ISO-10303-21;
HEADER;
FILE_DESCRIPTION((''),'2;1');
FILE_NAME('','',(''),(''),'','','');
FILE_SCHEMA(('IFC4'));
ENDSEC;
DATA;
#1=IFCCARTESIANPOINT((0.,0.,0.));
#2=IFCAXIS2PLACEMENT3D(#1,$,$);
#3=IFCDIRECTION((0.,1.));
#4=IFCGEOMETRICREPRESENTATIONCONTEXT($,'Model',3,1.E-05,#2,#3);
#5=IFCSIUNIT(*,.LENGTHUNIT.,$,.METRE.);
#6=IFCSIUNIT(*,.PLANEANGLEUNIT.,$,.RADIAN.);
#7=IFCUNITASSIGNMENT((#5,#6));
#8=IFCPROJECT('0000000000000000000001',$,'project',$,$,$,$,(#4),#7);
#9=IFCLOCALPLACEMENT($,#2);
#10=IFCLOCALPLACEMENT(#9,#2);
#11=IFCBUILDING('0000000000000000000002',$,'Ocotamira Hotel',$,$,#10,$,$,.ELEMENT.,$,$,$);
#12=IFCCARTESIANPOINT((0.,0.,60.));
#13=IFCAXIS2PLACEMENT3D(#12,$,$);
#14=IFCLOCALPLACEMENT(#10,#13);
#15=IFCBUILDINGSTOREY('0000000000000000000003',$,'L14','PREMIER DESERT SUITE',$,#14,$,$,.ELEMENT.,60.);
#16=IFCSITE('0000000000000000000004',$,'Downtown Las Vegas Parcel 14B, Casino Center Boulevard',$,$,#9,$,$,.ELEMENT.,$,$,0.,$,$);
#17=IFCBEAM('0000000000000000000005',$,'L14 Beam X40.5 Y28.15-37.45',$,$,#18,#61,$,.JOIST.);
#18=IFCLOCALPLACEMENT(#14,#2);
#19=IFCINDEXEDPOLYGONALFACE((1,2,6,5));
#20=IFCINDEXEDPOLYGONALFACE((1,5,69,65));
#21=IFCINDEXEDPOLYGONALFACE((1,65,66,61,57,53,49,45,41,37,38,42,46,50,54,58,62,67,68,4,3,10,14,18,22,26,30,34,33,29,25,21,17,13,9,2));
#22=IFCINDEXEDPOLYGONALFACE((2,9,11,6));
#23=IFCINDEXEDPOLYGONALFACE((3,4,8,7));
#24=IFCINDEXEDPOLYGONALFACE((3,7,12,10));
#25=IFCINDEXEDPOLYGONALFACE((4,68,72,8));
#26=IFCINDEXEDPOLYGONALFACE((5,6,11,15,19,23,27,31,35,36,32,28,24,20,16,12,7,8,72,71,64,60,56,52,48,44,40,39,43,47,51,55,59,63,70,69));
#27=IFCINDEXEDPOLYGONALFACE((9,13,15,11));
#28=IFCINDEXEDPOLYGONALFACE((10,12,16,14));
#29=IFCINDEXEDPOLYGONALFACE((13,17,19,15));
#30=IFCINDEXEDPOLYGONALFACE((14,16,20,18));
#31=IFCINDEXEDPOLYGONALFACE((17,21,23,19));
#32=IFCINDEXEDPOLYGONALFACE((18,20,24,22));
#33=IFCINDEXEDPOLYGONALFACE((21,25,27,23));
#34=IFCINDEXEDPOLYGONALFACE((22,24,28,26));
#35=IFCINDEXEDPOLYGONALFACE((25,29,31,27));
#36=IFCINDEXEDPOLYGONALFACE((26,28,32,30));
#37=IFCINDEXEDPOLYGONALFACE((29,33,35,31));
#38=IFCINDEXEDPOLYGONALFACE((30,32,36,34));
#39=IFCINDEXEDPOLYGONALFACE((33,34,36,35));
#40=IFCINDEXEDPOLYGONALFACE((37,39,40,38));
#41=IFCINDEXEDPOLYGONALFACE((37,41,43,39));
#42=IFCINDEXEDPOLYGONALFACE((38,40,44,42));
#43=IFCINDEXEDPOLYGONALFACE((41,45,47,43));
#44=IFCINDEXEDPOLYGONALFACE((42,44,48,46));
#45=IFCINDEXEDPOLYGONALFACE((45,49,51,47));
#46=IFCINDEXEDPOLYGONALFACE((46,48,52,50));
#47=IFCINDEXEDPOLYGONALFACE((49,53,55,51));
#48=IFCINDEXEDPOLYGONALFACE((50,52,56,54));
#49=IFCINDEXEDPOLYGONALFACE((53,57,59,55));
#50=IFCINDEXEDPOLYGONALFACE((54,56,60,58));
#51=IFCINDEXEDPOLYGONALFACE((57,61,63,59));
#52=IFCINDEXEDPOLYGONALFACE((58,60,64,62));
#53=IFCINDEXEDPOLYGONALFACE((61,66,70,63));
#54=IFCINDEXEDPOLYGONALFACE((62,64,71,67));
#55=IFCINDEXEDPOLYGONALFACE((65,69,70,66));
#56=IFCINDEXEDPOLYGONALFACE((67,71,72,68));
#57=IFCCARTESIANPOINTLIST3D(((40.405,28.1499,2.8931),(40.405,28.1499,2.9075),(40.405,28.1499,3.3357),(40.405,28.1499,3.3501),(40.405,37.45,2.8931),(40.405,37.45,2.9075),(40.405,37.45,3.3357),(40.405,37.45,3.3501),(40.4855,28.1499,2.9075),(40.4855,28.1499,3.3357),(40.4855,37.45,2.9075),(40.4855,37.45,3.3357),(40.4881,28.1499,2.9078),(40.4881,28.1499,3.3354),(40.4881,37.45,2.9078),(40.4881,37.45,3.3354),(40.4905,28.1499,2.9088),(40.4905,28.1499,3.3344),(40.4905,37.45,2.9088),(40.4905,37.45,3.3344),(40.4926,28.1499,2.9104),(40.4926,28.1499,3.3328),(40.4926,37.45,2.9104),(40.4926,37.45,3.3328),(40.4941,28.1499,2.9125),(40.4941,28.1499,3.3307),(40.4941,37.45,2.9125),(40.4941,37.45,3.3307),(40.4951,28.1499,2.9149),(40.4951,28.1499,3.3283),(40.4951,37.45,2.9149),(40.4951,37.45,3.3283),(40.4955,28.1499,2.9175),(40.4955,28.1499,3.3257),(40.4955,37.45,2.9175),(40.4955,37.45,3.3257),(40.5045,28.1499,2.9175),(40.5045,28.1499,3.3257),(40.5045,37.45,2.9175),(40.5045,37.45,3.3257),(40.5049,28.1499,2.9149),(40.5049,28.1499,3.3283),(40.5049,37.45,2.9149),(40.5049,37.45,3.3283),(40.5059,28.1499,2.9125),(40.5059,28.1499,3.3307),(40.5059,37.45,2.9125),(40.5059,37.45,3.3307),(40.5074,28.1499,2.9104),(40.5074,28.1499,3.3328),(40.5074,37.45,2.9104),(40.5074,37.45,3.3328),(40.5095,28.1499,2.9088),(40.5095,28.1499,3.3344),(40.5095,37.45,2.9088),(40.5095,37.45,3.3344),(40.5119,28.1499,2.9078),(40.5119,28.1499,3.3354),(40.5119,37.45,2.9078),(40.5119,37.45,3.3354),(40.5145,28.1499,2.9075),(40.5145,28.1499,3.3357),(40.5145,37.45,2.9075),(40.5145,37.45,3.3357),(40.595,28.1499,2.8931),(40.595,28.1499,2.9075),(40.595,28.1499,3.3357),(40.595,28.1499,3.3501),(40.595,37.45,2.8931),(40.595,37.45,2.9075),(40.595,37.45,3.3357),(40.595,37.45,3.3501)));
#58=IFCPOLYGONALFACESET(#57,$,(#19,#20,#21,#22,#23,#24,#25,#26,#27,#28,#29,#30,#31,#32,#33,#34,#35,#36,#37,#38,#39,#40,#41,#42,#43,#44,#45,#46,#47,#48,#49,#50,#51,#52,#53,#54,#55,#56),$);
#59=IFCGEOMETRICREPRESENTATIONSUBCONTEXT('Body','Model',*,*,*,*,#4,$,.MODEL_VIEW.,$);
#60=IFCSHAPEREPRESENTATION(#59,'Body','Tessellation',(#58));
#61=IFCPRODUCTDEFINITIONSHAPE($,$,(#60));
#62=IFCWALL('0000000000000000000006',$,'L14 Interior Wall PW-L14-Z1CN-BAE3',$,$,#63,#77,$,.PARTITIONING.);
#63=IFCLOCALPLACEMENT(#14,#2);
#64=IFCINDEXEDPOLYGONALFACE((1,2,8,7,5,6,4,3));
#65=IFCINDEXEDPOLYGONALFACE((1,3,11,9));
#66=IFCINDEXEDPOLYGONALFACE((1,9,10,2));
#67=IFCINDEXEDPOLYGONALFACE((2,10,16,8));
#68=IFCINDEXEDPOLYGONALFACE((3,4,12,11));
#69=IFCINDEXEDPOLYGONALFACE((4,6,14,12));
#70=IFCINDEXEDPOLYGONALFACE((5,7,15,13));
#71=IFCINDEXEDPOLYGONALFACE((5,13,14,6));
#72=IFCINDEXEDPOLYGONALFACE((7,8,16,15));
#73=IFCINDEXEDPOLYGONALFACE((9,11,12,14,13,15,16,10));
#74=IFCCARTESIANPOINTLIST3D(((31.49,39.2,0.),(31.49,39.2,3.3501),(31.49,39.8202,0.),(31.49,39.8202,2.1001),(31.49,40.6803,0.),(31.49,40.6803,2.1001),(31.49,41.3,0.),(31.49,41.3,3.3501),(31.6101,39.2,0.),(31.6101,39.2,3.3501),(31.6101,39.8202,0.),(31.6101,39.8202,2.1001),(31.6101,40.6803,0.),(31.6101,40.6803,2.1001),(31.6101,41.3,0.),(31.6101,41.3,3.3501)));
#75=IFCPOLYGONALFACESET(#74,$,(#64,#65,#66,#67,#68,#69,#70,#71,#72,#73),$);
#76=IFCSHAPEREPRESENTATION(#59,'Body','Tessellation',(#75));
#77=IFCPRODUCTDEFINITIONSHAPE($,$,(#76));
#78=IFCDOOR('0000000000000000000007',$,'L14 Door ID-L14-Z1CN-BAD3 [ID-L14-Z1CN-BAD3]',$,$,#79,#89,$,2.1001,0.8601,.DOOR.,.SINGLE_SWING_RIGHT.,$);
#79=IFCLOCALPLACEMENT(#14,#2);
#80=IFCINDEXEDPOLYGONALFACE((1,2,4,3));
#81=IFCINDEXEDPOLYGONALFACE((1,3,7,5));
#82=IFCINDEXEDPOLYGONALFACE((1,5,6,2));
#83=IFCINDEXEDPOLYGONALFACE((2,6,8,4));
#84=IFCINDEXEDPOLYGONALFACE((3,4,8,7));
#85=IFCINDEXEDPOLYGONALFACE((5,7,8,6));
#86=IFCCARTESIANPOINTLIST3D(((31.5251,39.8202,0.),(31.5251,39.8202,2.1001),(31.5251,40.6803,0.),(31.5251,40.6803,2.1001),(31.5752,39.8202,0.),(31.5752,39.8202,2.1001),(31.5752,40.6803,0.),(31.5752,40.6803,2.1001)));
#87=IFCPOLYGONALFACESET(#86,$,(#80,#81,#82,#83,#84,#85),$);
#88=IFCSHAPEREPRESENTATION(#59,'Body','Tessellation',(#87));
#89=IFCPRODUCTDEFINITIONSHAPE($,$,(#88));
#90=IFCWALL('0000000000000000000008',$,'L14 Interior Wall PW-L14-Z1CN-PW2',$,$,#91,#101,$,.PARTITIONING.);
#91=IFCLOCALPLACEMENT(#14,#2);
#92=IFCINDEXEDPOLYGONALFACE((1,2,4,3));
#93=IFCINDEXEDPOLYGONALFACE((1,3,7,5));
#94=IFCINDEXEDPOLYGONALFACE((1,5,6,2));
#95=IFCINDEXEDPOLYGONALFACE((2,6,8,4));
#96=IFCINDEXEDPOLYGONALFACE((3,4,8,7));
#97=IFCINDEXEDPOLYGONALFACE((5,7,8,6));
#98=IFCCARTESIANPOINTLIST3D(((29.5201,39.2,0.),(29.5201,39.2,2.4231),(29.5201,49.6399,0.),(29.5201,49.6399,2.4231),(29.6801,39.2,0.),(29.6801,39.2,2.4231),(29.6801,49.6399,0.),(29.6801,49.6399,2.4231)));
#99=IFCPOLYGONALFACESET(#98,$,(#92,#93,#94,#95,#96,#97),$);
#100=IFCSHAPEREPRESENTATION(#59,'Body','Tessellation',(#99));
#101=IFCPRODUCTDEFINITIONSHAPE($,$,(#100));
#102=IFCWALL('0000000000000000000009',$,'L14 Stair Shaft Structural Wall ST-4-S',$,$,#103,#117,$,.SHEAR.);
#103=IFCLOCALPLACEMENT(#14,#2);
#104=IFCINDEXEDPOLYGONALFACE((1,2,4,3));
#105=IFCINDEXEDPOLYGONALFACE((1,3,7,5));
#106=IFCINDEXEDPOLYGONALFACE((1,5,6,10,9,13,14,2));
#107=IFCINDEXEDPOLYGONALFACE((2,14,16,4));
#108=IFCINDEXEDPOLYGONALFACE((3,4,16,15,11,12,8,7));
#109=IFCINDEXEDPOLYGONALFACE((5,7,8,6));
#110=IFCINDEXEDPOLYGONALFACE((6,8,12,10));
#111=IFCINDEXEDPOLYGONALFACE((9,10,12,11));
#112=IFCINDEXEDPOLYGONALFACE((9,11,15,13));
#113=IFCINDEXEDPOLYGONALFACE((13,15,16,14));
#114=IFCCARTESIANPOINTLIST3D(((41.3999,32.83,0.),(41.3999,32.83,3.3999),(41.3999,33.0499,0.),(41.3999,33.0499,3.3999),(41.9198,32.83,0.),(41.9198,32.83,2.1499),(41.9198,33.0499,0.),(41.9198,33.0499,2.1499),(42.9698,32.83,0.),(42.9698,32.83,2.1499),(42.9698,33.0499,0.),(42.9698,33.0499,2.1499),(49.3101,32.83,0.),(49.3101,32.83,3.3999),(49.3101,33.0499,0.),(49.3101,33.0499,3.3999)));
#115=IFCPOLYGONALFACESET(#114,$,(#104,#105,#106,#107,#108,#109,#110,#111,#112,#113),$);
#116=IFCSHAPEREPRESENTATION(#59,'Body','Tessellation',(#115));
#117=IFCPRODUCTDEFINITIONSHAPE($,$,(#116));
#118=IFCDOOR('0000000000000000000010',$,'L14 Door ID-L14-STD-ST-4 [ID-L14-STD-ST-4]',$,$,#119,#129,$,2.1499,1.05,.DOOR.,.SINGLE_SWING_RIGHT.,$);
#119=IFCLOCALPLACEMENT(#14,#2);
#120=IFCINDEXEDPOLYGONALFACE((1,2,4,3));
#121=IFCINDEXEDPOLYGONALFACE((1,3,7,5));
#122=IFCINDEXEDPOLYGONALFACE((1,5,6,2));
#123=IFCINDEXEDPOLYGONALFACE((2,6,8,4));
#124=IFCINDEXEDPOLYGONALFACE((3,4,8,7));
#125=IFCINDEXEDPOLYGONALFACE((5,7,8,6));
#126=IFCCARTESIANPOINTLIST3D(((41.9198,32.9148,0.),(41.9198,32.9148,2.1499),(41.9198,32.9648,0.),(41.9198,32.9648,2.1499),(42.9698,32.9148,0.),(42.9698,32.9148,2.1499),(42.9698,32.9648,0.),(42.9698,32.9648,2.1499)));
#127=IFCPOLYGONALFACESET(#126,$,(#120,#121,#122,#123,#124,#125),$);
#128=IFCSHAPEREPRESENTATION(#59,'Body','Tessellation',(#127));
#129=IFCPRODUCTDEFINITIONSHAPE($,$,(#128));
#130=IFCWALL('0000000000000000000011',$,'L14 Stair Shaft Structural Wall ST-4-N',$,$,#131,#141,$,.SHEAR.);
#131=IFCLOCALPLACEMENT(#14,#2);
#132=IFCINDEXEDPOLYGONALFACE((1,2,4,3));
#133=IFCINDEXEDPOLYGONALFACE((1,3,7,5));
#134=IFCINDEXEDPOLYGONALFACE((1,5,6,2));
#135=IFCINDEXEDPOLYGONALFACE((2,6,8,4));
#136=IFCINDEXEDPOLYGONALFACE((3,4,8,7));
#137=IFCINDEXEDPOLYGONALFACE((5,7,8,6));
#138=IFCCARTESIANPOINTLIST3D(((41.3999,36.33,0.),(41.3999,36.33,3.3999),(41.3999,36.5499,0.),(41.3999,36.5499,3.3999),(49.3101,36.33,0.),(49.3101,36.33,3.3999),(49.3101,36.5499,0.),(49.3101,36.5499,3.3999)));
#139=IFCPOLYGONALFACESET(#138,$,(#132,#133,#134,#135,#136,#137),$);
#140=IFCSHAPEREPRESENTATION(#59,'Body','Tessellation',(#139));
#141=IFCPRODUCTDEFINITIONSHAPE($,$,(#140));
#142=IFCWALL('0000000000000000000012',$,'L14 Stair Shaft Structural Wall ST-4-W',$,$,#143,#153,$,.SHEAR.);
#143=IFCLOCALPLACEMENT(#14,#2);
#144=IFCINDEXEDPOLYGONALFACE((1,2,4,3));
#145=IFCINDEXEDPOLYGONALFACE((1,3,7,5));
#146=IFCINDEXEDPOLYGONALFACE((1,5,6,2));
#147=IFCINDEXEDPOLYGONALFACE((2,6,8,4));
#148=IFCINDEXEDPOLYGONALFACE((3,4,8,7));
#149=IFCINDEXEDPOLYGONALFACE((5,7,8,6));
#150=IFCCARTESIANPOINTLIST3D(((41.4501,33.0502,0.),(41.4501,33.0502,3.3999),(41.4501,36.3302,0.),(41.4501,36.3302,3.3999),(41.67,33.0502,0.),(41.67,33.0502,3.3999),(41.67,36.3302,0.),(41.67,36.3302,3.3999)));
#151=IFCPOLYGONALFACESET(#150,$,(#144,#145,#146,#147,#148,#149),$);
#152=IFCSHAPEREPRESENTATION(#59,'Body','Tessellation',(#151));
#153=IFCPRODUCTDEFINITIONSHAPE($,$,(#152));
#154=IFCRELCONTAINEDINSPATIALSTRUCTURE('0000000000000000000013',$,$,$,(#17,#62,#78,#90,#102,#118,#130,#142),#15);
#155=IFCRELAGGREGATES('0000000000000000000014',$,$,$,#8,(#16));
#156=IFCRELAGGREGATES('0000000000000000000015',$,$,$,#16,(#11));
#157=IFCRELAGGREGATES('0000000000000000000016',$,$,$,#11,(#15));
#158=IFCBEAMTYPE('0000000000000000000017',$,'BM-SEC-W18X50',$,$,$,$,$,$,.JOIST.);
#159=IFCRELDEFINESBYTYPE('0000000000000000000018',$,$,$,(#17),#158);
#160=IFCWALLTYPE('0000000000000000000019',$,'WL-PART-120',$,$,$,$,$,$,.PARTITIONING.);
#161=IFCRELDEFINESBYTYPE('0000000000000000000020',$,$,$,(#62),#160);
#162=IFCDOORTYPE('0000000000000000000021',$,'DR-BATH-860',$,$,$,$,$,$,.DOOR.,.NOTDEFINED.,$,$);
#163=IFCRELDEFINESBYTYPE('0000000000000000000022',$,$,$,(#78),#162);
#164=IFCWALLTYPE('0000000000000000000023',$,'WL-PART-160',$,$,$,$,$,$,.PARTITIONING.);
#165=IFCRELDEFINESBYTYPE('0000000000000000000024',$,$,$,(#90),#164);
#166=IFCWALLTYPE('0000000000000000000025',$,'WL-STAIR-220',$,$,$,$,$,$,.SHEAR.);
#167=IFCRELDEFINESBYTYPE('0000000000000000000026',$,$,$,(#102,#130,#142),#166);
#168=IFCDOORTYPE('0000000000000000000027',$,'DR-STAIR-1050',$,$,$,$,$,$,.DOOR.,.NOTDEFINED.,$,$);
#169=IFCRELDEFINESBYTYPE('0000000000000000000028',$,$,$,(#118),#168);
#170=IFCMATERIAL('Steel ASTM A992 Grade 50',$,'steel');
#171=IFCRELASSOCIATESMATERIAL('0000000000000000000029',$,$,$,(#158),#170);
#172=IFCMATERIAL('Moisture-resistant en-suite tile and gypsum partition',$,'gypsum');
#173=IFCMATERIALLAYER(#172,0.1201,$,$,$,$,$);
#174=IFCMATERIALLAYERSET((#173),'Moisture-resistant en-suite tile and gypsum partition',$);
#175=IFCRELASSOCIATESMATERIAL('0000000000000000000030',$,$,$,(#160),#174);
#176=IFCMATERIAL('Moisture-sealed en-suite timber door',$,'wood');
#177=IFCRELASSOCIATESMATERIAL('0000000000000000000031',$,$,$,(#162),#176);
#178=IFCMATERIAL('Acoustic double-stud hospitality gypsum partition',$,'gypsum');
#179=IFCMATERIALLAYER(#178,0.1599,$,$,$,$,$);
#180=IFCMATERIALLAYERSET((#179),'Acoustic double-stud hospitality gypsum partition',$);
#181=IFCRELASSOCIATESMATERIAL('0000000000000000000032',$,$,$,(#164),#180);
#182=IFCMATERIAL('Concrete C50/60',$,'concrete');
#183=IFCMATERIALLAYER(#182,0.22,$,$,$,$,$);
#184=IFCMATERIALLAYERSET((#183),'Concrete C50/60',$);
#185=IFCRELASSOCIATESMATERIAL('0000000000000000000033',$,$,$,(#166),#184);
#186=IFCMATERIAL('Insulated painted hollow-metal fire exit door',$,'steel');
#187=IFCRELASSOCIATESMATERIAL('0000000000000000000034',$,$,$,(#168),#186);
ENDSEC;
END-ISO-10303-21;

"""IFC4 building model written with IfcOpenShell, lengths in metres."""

from ifc_helpers import new_model, si_unit, direction, frame, frame_2d, origin, origin_2d, place, context, subcontext, project, spatial, rectangle, i_section, extrude, source, transform, mapped, material, layer, layer_set, material_profile, profile_set, type_object, element, fill, save


model = new_model("IFC4")

# Units and contexts
model_context = context("Model", 3, precision=1e-05, world=origin(), true_north=direction((0.0, 1.0)))
body_context = subcontext(model_context, "Body", "Model", "MODEL_VIEW")
ifc_project = project(units=[si_unit("LENGTHUNIT", "METRE"), si_unit("PLANEANGLEUNIT", "RADIAN")], contexts=[model_context])

# Site, building, storey
site_placement = place(None, origin())
site = spatial("IfcSite", under=ifc_project, at=site_placement, Name="Downtown Las Vegas Parcel 14B, Casino Center Boulevard", CompositionType="ELEMENT", RefElevation=0.0)
building_placement = place(site_placement, origin())
building = spatial("IfcBuilding", under=site, at=building_placement, Name="Ocotamira Hotel", CompositionType="ELEMENT")
storey_placement = place(building_placement, frame((0.0, 0.0, 60.0)))
storey = spatial("IfcBuildingStorey", under=building, at=storey_placement, Name="L14", Description="PREMIER DESERT SUITE", CompositionType="ELEMENT", Elevation=60.0)

# Beam
ifc_material_1 = material(Name="Steel ASTM A992 Grade 50", Category="steel")
ifc_material_profile_1 = material_profile(ifc_material_1, i_section(OverallWidth=0.1899, OverallDepth=0.457, WebThickness=0.009, FlangeThickness=0.0144, FilletRadius=0.01, at=origin_2d()), Name="W18X50")
ifc_profile_set_1 = profile_set([ifc_material_profile_1], Name="Steel ASTM A992 Grade 50")
beam_type_1 = type_object("IfcBeamType", Name="BM-SEC-W18X50", PredefinedType="JOIST", material=ifc_profile_set_1)
shared_shape_1 = source(origin(), body_context, "Body", "SweptSolid", [
    extrude(i_section(OverallWidth=0.1899, OverallDepth=0.457, WebThickness=0.009, FlangeThickness=0.0144, FilletRadius=0.01, at=origin_2d()), origin(), (0.0, 0.0, 1.0), 9.3),
])
beam_1_placement = place(storey_placement, frame((40.5, 28.1499, 3.1216), z_axis=(0.0, 1.0, 0.0), x_axis=(-1.0, 0.0, 0.0)))
element("IfcBeam", 1, at=beam_1_placement, inside=storey, type_object=beam_type_1, Name="L14 Beam X40.5 Y28.15-37.45", PredefinedType="JOIST", context=body_context, shape_type="MappedRepresentation", body=[
    mapped(shared_shape_1, transform((0.0, 0.0, 0.0), scale=1.0)),
])

# Wall, opening, door
ifc_material_2 = material(Name="Moisture-resistant en-suite tile and gypsum partition", Category="gypsum")
ifc_layer_1 = layer(ifc_material_2, 0.1201)
ifc_layer_set_1 = layer_set([ifc_layer_1], Name="Moisture-resistant en-suite tile and gypsum partition")
wall_type_1 = type_object("IfcWallType", Name="WL-PART-120", PredefinedType="PARTITIONING", material=ifc_layer_set_1)
wall_1_placement = place(storey_placement, frame((31.55, 39.2, 0.0), z_axis=(0.0, 0.0, 1.0), x_axis=(0.0, 1.0, 0.0)))
wall_1 = element("IfcWall", 2, at=wall_1_placement, inside=storey, type_object=wall_type_1, Name="L14 Interior Wall PW-L14-Z1CN-BAE3", PredefinedType="PARTITIONING", context=body_context, shape_type="SweptSolid", body=[
    extrude(rectangle(XDim=2.1001, YDim=0.1201, at=frame_2d((1.05, 0.0))), origin(), (0.0, 0.0, 1.0), 3.3501),
])
opening_1_placement = place(wall_1_placement, frame((0.6201, 0.0, 0.0)))
opening_1 = element("IfcOpeningElement", 3, at=opening_1_placement, cuts=wall_1, PredefinedType="OPENING", context=body_context, shape_type="SweptSolid", body=[
    extrude(rectangle(XDim=0.8601, YDim=2.1001, at=frame_2d((0.4302, 1.05))), frame((0.0, 0.0701, 0.0), z_axis=(0.0, -1.0, 0.0), x_axis=(1.0, 0.0, 0.0)), (0.0, 0.0, 1.0), 0.1401),
])
ifc_material_3 = material(Name="Moisture-sealed en-suite timber door", Category="wood")
door_type_1 = type_object("IfcDoorType", Name="DR-BATH-860", OperationType="NOTDEFINED", PredefinedType="DOOR", material=ifc_material_3)
shared_shape_2 = source(origin(), body_context, "Body", "SweptSolid", [
    extrude(rectangle(XDim=0.8601, YDim=2.1001, at=frame_2d((0.4302, 1.05))), frame((0.0, 0.0249, 0.0), z_axis=(0.0, -1.0, 0.0), x_axis=(1.0, 0.0, 0.0)), (0.0, 0.0, 1.0), 0.05),
])
door_1_placement = place(opening_1_placement, origin())
door_1 = element("IfcDoor", 4, at=door_1_placement, inside=storey, type_object=door_type_1, Name="L14 Door ID-L14-Z1CN-BAD3 [ID-L14-Z1CN-BAD3]", OperationType="SINGLE_SWING_RIGHT", OverallHeight=2.1001, OverallWidth=0.8601, PredefinedType="DOOR", context=body_context, shape_type="MappedRepresentation", body=[
    mapped(shared_shape_2, transform((0.0, 0.0, 0.0), scale=1.0)),
])
fill(opening_1, door_1)

# Wall
ifc_material_4 = material(Name="Acoustic double-stud hospitality gypsum partition", Category="gypsum")
ifc_layer_2 = layer(ifc_material_4, 0.1599)
ifc_layer_set_2 = layer_set([ifc_layer_2], Name="Acoustic double-stud hospitality gypsum partition")
wall_type_2 = type_object("IfcWallType", Name="WL-PART-160", PredefinedType="PARTITIONING", material=ifc_layer_set_2)
wall_2_placement = place(storey_placement, frame((29.6001, 39.2, 0.0), z_axis=(0.0, 0.0, 1.0), x_axis=(0.0, 1.0, 0.0)))
element("IfcWall", 5, at=wall_2_placement, inside=storey, type_object=wall_type_2, Name="L14 Interior Wall PW-L14-Z1CN-PW2", PredefinedType="PARTITIONING", context=body_context, shape_type="SweptSolid", body=[
    extrude(rectangle(XDim=10.4399, YDim=0.1599, at=frame_2d((5.22, 0.0))), origin(), (0.0, 0.0, 1.0), 2.4231),
])

# Wall, opening, door
ifc_material_5 = material(Name="Concrete C50/60", Category="concrete")
ifc_layer_3 = layer(ifc_material_5, 0.22)
ifc_layer_set_3 = layer_set([ifc_layer_3], Name="Concrete C50/60")
wall_type_3 = type_object("IfcWallType", Name="WL-STAIR-220", PredefinedType="SHEAR", material=ifc_layer_set_3)
wall_3_placement = place(storey_placement, frame((41.3999, 32.9399, 0.0), z_axis=(0.0, 0.0, 1.0), x_axis=(1.0, 0.0, 0.0)))
wall_3 = element("IfcWall", 6, at=wall_3_placement, inside=storey, type_object=wall_type_3, Name="L14 Stair Shaft Structural Wall ST-4-S", PredefinedType="SHEAR", context=body_context, shape_type="SweptSolid", body=[
    extrude(rectangle(XDim=7.9102, YDim=0.22, at=frame_2d((3.9551, 0.0))), origin(), (0.0, 0.0, 1.0), 3.3999),
])
opening_2_placement = place(wall_3_placement, frame((0.52, 0.0, 0.0)))
opening_2 = element("IfcOpeningElement", 7, at=opening_2_placement, cuts=wall_3, PredefinedType="OPENING", context=body_context, shape_type="SweptSolid", body=[
    extrude(rectangle(XDim=1.05, YDim=2.1499, at=frame_2d((0.5249, 1.075))), frame((0.0, 0.1201, 0.0), z_axis=(0.0, -1.0, 0.0), x_axis=(1.0, 0.0, 0.0)), (0.0, 0.0, 1.0), 0.24),
])
ifc_material_6 = material(Name="Insulated painted hollow-metal fire exit door", Category="steel")
door_type_2 = type_object("IfcDoorType", Name="DR-STAIR-1050", OperationType="NOTDEFINED", PredefinedType="DOOR", material=ifc_material_6)
shared_shape_3 = source(origin(), body_context, "Body", "SweptSolid", [
    extrude(rectangle(XDim=1.05, YDim=2.1499, at=frame_2d((0.5249, 1.075))), frame((0.0, 0.0249, 0.0), z_axis=(0.0, -1.0, 0.0), x_axis=(1.0, 0.0, 0.0)), (0.0, 0.0, 1.0), 0.05),
])
door_2_placement = place(opening_2_placement, origin())
door_2 = element("IfcDoor", 8, at=door_2_placement, inside=storey, type_object=door_type_2, Name="L14 Door ID-L14-STD-ST-4 [ID-L14-STD-ST-4]", OperationType="SINGLE_SWING_RIGHT", OverallHeight=2.1499, OverallWidth=1.05, PredefinedType="DOOR", context=body_context, shape_type="MappedRepresentation", body=[
    mapped(shared_shape_3, transform((0.0, 0.0, 0.0), scale=1.0)),
])
fill(opening_2, door_2)

# Walls
wall_4_placement = place(storey_placement, frame((41.3999, 36.4399, 0.0), z_axis=(0.0, 0.0, 1.0), x_axis=(1.0, 0.0, 0.0)))
element("IfcWall", 9, at=wall_4_placement, inside=storey, type_object=wall_type_3, Name="L14 Stair Shaft Structural Wall ST-4-N", PredefinedType="SHEAR", context=body_context, shape_type="SweptSolid", body=[
    extrude(rectangle(XDim=7.9102, YDim=0.22, at=frame_2d((3.9551, 0.0))), origin(), (0.0, 0.0, 1.0), 3.3999),
])
wall_5_placement = place(storey_placement, frame((41.5601, 33.05, 0.0), z_axis=(0.0, 0.0, 1.0), x_axis=(0.0, 1.0, 0.0)))
element("IfcWall", 10, at=wall_5_placement, inside=storey, type_object=wall_type_3, Name="L14 Stair Shaft Structural Wall ST-4-W", PredefinedType="SHEAR", context=body_context, shape_type="SweptSolid", body=[
    extrude(rectangle(XDim=3.28, YDim=0.22, at=frame_2d((1.6401, 0.0))), origin(), (0.0, 0.0, 1.0), 3.3999),
])

save(model, "model.ifc")
